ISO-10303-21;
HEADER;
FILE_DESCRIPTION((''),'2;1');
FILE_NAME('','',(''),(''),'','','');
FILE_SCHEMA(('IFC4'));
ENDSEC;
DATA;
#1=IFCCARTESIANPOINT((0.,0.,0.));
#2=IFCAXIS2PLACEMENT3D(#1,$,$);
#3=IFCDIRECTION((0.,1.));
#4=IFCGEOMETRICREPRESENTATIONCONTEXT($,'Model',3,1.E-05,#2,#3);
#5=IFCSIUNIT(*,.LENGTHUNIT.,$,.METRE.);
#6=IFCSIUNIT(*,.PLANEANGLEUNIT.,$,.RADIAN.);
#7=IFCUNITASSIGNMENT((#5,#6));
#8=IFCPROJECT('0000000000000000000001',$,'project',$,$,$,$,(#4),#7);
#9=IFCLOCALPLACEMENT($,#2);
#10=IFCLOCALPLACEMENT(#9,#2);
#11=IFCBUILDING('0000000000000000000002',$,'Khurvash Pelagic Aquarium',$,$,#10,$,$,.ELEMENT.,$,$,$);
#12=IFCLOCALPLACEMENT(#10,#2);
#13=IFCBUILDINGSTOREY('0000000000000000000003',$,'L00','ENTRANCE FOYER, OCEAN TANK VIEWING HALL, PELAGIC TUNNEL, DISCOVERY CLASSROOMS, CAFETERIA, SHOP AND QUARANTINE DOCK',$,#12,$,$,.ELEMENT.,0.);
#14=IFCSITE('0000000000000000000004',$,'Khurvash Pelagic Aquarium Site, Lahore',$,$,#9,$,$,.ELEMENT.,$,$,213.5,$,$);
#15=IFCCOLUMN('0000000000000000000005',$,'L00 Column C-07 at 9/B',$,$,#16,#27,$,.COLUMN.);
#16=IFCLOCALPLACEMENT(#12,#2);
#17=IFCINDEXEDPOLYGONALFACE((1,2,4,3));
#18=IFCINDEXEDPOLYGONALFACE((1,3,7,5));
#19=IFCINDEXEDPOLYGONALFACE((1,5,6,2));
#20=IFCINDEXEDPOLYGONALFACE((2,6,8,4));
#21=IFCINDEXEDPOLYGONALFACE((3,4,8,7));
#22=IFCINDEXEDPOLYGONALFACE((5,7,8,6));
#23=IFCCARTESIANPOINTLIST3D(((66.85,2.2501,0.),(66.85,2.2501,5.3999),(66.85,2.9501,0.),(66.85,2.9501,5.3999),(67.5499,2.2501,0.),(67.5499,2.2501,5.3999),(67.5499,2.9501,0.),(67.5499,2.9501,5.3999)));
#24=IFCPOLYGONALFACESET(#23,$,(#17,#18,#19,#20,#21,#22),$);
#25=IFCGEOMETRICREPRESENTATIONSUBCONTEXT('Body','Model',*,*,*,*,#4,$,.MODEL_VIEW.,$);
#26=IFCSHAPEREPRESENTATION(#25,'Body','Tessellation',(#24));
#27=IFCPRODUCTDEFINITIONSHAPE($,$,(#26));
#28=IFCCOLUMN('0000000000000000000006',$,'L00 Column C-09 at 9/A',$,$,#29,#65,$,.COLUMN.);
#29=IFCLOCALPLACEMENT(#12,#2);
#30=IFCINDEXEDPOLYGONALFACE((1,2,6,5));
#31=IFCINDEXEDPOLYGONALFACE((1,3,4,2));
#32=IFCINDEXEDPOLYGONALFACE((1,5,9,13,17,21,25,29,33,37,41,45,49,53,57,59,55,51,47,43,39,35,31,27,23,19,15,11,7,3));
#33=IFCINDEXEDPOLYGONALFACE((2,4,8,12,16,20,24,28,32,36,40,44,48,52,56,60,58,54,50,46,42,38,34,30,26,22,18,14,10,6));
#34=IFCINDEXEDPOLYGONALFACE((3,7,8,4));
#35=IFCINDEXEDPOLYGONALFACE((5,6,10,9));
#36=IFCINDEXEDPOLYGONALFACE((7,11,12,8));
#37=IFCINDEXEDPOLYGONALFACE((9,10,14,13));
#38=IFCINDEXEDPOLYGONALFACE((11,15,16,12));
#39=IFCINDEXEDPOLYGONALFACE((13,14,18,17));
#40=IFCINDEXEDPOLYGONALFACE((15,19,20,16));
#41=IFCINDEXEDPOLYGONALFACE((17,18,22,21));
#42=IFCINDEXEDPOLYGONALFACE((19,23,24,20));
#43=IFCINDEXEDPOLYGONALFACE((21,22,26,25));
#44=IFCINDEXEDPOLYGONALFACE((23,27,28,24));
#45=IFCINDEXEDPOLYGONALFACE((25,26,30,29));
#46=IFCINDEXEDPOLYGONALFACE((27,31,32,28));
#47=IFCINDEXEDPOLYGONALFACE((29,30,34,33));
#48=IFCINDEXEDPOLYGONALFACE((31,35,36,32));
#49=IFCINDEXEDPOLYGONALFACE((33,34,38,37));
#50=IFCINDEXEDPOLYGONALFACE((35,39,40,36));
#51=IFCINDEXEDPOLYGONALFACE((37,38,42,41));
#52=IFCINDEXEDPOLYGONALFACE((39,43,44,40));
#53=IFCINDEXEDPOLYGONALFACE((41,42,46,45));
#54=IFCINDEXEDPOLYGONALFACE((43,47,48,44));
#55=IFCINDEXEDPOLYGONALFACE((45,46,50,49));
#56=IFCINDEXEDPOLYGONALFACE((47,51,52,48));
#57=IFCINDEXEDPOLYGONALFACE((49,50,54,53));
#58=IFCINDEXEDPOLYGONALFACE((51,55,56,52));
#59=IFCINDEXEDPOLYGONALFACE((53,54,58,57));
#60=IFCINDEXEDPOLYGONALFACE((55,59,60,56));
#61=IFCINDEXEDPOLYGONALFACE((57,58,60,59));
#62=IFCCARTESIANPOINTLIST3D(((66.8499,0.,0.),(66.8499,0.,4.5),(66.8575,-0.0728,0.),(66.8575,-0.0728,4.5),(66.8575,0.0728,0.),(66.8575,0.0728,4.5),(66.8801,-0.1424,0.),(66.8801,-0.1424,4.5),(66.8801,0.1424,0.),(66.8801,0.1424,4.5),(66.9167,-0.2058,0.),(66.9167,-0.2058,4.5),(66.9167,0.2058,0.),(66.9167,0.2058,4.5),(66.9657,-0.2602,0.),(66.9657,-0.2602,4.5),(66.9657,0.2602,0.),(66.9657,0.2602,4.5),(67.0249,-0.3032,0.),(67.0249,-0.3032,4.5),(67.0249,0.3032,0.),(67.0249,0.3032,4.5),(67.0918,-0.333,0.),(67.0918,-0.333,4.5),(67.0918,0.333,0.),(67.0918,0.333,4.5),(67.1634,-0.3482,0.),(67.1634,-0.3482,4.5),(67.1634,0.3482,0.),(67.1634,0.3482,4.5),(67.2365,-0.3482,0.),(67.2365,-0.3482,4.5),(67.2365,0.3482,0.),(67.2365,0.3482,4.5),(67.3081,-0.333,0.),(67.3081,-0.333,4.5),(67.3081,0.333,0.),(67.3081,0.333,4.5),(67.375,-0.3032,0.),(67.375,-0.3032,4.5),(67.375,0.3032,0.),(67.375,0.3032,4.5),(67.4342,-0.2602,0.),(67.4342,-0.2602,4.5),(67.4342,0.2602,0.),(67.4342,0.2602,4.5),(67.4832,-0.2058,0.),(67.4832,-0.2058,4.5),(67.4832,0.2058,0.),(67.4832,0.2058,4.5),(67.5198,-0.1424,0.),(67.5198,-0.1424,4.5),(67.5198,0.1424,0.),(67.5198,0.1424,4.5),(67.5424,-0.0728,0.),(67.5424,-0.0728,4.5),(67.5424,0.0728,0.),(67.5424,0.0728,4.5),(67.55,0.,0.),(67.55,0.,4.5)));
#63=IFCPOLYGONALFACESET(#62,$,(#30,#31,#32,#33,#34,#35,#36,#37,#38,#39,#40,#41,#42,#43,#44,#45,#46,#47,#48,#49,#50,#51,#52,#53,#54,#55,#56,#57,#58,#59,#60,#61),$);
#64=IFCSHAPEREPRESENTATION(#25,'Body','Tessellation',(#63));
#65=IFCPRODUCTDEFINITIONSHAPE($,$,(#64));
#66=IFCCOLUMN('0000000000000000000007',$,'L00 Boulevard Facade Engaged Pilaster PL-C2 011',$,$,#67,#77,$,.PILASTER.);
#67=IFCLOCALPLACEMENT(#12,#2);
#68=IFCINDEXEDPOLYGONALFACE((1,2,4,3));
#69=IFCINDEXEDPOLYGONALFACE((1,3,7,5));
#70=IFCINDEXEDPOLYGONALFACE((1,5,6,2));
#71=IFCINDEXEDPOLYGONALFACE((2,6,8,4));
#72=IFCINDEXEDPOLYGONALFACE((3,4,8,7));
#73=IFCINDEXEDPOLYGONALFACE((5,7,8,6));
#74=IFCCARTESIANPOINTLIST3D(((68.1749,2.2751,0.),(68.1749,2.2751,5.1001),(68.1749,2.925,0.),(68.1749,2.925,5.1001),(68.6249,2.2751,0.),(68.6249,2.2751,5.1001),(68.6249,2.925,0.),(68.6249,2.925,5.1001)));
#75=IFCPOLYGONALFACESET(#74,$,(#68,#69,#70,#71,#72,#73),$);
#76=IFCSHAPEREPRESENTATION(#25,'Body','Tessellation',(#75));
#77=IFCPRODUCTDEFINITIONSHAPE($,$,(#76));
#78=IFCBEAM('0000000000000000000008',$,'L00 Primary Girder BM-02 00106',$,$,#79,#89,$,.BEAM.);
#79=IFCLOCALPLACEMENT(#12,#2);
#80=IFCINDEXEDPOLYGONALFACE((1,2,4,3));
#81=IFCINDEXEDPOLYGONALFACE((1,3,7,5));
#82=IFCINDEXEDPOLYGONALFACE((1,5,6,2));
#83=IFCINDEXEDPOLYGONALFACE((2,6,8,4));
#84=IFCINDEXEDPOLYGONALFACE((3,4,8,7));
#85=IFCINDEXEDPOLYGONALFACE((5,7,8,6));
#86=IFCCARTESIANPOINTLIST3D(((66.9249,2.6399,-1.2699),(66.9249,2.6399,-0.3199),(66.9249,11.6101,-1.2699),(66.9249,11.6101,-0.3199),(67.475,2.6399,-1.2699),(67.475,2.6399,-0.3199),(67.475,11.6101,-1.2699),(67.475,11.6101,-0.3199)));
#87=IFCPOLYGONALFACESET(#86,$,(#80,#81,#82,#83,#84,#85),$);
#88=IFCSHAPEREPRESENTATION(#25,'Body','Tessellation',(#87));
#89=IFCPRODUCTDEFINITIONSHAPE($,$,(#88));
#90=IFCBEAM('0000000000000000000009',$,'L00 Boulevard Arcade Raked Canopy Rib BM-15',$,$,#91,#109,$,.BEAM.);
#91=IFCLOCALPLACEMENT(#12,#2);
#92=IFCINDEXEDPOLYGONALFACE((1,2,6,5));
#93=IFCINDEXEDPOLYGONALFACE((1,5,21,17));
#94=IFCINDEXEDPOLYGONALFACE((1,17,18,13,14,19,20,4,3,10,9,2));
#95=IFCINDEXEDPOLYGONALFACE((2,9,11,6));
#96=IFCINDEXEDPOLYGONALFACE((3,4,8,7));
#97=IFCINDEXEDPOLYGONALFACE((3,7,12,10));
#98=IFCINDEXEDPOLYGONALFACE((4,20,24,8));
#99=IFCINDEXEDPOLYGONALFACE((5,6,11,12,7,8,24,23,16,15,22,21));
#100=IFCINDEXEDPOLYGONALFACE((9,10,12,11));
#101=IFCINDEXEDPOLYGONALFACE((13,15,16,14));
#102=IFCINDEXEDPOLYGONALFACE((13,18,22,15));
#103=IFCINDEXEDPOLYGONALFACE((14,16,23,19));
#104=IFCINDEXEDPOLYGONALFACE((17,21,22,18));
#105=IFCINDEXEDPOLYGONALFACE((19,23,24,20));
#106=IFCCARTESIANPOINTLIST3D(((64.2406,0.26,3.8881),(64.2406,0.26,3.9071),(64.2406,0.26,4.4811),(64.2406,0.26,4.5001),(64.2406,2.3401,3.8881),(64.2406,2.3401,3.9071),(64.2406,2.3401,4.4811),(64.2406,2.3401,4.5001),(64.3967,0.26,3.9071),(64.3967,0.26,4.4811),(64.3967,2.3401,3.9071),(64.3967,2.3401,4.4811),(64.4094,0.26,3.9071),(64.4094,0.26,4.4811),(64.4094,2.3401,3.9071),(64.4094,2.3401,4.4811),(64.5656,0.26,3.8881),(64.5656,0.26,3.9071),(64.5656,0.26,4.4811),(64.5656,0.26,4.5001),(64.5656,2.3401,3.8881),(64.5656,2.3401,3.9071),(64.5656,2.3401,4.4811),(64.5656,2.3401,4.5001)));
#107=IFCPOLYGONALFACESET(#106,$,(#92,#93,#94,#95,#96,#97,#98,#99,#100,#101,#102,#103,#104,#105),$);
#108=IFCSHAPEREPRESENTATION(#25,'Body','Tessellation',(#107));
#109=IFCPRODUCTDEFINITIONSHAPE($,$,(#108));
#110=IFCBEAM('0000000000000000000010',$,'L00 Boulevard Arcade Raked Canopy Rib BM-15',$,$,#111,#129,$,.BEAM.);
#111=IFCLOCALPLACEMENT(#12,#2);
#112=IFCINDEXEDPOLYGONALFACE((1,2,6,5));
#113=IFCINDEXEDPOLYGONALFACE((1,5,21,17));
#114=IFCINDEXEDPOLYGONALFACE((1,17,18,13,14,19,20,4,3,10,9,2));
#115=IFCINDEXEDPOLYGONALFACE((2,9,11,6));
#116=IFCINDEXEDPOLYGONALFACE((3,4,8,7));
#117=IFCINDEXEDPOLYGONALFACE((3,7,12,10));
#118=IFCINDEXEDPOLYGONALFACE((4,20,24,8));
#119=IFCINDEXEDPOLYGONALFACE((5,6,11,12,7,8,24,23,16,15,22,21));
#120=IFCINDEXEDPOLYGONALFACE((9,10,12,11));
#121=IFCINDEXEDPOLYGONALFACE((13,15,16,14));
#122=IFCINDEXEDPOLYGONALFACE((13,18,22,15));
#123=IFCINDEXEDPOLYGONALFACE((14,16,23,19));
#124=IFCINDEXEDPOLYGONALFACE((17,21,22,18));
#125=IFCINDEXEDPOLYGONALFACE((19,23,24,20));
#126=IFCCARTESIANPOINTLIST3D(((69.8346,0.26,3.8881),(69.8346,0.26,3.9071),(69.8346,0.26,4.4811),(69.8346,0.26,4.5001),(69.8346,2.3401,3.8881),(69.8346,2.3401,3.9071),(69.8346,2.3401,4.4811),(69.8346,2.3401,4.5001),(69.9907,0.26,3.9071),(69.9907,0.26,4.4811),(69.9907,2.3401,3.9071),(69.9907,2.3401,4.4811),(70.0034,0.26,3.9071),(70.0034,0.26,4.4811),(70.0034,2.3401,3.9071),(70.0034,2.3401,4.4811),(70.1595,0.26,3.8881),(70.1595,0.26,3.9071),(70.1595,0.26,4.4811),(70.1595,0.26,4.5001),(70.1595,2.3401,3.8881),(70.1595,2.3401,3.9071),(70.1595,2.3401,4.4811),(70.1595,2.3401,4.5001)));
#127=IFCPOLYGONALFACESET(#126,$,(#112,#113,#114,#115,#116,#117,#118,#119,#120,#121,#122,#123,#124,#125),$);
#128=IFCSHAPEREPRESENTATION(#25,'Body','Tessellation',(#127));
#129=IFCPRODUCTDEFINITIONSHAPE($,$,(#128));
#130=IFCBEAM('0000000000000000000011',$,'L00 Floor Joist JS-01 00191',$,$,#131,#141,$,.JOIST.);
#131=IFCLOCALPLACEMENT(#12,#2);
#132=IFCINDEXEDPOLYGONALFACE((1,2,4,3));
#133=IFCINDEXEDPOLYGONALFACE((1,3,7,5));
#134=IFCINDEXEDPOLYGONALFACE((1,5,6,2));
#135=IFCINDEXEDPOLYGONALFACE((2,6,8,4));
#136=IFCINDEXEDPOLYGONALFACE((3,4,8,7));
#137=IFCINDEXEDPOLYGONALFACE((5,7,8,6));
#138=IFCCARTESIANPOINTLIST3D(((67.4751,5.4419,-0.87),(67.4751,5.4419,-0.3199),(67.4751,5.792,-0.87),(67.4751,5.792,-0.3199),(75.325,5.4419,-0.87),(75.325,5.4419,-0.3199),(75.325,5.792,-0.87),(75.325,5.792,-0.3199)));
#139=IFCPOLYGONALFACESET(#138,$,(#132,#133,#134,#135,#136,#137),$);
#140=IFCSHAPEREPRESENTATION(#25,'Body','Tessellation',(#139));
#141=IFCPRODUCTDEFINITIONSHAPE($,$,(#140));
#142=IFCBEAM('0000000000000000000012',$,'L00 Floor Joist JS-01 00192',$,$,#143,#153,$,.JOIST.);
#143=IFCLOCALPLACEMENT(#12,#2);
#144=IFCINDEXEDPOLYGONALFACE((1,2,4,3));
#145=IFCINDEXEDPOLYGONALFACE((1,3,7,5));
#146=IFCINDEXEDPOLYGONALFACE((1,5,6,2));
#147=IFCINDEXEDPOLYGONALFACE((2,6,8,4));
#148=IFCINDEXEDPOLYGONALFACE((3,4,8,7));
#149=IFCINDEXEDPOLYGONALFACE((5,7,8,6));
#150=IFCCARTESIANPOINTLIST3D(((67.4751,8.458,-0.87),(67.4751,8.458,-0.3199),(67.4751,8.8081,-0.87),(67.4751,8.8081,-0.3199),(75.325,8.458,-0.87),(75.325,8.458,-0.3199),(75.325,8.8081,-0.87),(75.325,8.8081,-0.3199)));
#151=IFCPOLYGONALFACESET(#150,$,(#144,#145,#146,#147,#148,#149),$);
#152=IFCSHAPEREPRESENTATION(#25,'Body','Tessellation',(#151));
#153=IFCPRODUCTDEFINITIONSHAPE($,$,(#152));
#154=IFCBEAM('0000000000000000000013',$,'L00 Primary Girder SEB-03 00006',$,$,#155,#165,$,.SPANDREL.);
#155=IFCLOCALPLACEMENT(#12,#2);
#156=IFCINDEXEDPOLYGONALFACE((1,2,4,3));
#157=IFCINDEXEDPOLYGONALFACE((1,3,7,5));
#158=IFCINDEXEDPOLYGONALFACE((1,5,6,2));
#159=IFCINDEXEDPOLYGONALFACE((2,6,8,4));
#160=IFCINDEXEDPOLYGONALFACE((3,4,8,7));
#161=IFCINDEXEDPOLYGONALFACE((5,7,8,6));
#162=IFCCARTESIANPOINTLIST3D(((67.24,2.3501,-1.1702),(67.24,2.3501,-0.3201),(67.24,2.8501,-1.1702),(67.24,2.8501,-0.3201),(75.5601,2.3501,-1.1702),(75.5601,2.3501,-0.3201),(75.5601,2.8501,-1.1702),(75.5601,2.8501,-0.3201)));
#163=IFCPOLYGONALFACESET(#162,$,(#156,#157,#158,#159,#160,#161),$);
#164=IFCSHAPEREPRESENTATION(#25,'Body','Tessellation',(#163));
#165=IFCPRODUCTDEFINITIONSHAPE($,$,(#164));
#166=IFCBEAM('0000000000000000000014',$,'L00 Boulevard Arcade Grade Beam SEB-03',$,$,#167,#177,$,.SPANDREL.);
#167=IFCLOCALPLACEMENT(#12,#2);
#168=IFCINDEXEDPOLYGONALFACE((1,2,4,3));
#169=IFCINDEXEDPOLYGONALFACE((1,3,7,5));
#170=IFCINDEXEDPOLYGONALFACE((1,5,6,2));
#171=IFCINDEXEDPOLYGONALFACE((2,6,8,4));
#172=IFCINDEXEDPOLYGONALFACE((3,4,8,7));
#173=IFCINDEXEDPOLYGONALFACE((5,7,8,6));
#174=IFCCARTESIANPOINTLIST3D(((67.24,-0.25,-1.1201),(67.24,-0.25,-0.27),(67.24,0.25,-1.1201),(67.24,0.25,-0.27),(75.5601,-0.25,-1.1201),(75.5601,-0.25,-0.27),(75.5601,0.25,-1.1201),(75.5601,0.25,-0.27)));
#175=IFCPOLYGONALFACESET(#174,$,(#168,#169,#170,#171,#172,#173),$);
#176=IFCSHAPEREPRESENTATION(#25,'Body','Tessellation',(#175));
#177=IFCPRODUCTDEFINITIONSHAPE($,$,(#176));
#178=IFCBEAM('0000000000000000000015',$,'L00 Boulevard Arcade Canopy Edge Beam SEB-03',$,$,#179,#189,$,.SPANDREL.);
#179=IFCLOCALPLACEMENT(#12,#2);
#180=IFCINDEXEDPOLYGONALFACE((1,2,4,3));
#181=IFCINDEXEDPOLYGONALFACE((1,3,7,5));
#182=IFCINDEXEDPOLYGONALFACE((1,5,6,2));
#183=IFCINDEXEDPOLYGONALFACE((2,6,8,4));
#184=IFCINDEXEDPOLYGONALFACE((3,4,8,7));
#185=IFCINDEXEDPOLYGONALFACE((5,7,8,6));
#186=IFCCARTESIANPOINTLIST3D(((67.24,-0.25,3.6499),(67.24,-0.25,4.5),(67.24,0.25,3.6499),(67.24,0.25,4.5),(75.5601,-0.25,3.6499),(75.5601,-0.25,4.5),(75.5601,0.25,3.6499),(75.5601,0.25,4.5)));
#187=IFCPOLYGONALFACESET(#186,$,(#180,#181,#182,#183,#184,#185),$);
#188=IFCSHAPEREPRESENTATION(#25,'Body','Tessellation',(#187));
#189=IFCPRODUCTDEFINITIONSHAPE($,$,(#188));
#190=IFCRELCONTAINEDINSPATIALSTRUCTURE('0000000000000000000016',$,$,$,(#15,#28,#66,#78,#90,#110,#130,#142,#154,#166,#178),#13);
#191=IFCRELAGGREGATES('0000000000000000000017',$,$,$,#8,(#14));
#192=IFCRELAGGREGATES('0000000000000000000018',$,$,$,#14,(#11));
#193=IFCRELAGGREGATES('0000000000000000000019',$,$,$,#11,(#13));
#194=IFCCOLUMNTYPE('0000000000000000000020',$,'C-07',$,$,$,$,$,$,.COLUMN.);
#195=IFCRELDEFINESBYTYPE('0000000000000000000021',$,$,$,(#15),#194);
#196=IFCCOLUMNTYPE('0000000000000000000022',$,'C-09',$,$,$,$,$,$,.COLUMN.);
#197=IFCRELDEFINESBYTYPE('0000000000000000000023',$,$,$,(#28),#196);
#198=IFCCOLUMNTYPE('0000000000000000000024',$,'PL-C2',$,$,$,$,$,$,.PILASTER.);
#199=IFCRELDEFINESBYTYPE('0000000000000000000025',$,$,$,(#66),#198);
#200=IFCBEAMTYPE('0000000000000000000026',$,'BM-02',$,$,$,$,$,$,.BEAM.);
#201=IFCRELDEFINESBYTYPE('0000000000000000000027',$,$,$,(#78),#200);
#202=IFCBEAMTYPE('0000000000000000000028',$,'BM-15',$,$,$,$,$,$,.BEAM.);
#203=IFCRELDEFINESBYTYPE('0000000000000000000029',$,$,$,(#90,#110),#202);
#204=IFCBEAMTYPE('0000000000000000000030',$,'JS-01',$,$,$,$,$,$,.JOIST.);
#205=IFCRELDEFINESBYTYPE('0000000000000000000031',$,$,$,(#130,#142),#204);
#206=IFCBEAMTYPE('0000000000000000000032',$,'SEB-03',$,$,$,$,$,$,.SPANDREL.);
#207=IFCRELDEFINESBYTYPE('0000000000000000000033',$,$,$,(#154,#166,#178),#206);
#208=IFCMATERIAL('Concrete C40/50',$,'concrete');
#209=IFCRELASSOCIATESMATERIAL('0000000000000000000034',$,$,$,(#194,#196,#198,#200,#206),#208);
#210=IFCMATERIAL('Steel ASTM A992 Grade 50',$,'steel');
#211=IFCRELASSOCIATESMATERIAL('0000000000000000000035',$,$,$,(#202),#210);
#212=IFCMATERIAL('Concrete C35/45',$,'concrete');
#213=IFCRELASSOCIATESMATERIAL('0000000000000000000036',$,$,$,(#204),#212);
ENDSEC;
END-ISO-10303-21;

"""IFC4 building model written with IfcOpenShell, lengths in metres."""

from ifc_helpers import new_model, si_unit, direction, frame, origin, origin_2d, place, context, subcontext, project, spatial, rectangle, circle, i_section, extrude, material, material_profile, profile_set, type_object, element, save


model = new_model("IFC4")

# Units and contexts
model_context = context("Model", 3, precision=1e-05, world=origin(), true_north=direction((0.0, 1.0)))
body_context = subcontext(model_context, "Body", "Model", "MODEL_VIEW")
ifc_project = project(units=[si_unit("LENGTHUNIT", "METRE"), si_unit("PLANEANGLEUNIT", "RADIAN")], contexts=[model_context])

# Site, building, storey
site_placement = place(None, origin())
site = spatial("IfcSite", under=ifc_project, at=site_placement, Name="Khurvash Pelagic Aquarium Site, Lahore", CompositionType="ELEMENT", RefElevation=213.5)
building_placement = place(site_placement, origin())
building = spatial("IfcBuilding", under=site, at=building_placement, Name="Khurvash Pelagic Aquarium", CompositionType="ELEMENT")
storey_placement = place(building_placement, origin())
storey = spatial("IfcBuildingStorey", under=building, at=storey_placement, Name="L00", Description="ENTRANCE FOYER, OCEAN TANK VIEWING HALL, PELAGIC TUNNEL, DISCOVERY CLASSROOMS, CAFETERIA, SHOP AND QUARANTINE DOCK", CompositionType="ELEMENT", Elevation=0.0)

# Columns
ifc_material_1 = material(Name="Concrete C40/50", Category="concrete")
ifc_material_profile_1 = material_profile(ifc_material_1, rectangle(XDim=0.7, YDim=0.7, at=origin_2d()), Name="RC700X700")
ifc_profile_set_1 = profile_set([ifc_material_profile_1], Name="Concrete C40/50")
column_type_1 = type_object("IfcColumnType", Name="C-07", PredefinedType="COLUMN", material=ifc_profile_set_1)
column_1_placement = place(storey_placement, frame((67.2, 2.6001, 0.0), z_axis=(0.0, 0.0, 1.0), x_axis=(1.0, 0.0, 0.0)))
element("IfcColumn", 1, at=column_1_placement, inside=storey, type_object=column_type_1, Name="L00 Column C-07 at 9/B", PredefinedType="COLUMN", context=body_context, shape_type="SweptSolid", body=[
    extrude(rectangle(XDim=0.7, YDim=0.7, at=origin_2d()), origin(), (0.0, 0.0, 1.0), 5.3999),
])
ifc_material_profile_2 = material_profile(ifc_material_1, circle(Radius=0.3501, at=origin_2d()), Name="RC700D")
ifc_profile_set_2 = profile_set([ifc_material_profile_2], Name="Concrete C40/50")
column_type_2 = type_object("IfcColumnType", Name="C-09", PredefinedType="COLUMN", material=ifc_profile_set_2)
column_2_placement = place(storey_placement, frame((67.2, 0.0, 0.0), z_axis=(0.0, 0.0, 1.0), x_axis=(1.0, 0.0, 0.0)))
element("IfcColumn", 2, at=column_2_placement, inside=storey, type_object=column_type_2, Name="L00 Column C-09 at 9/A", PredefinedType="COLUMN", context=body_context, shape_type="SweptSolid", body=[
    extrude(circle(Radius=0.3501, at=origin_2d()), origin(), (0.0, 0.0, 1.0), 4.5),
])
ifc_material_profile_3 = material_profile(ifc_material_1, rectangle(XDim=0.45, YDim=0.6499, at=origin_2d()), Name="RC450X650")
ifc_profile_set_3 = profile_set([ifc_material_profile_3], Name="Concrete C40/50")
column_type_3 = type_object("IfcColumnType", Name="PL-C2", PredefinedType="PILASTER", material=ifc_profile_set_3)
column_3_placement = place(storey_placement, frame((68.3999, 2.6001, 0.0), z_axis=(0.0, 0.0, 1.0), x_axis=(1.0, 0.0, 0.0)))
element("IfcColumn", 3, at=column_3_placement, inside=storey, type_object=column_type_3, Name="L00 Boulevard Facade Engaged Pilaster PL-C2 011", PredefinedType="PILASTER", context=body_context, shape_type="SweptSolid", body=[
    extrude(rectangle(XDim=0.45, YDim=0.6499, at=origin_2d()), origin(), (0.0, 0.0, 1.0), 5.1001),
])

# Beams
ifc_material_profile_4 = material_profile(ifc_material_1, rectangle(XDim=0.55, YDim=0.95, at=origin_2d()), Name="RC550X950")
ifc_profile_set_4 = profile_set([ifc_material_profile_4], Name="Concrete C40/50")
beam_type_1 = type_object("IfcBeamType", Name="BM-02", PredefinedType="BEAM", material=ifc_profile_set_4)
beam_placement = place(storey_placement, frame((67.2, 2.6399, -0.7949), z_axis=(0.0, 1.0, 0.0), x_axis=(-1.0, 0.0, 0.0)))
element("IfcBeam", 4, at=beam_placement, inside=storey, type_object=beam_type_1, Name="L00 Primary Girder BM-02 00106", PredefinedType="BEAM", context=body_context, shape_type="SweptSolid", body=[
    extrude(rectangle(XDim=0.55, YDim=0.95, at=origin_2d()), origin(), (0.0, 0.0, 1.0), 8.9702),
])
ifc_material_2 = material(Name="Steel ASTM A992 Grade 50", Category="steel")
ifc_material_profile_5 = material_profile(ifc_material_2, i_section(OverallWidth=0.325, OverallDepth=0.6121, WebThickness=0.0127, FlangeThickness=0.019, at=origin_2d()), Name="W24X104")
ifc_profile_set_5 = profile_set([ifc_material_profile_5], Name="Steel ASTM A992 Grade 50")
beam_type_2 = type_object("IfcBeamType", Name="BM-15", PredefinedType="BEAM", material=ifc_profile_set_5)
for number, where, z_axis, x_axis, name in (
    (5, (64.4031, 2.3401, 4.1941), (0.0, -1.0, 0.0), (1.0, 0.0, 0.0), "L00 Boulevard Arcade Raked Canopy Rib BM-15"),
    (6, (69.9971, 2.3401, 4.1941), (0.0, -1.0, 0.0), (1.0, 0.0, 0.0), "L00 Boulevard Arcade Raked Canopy Rib BM-15"),
):
    element("IfcBeam", number, at=place(storey_placement, frame(where, z_axis=z_axis, x_axis=x_axis)), inside=storey, type_object=beam_type_2, Name=name, PredefinedType="BEAM", context=body_context, shape_type="SweptSolid", body=[
        extrude(i_section(OverallWidth=0.325, OverallDepth=0.6121, WebThickness=0.0127, FlangeThickness=0.019, at=origin_2d()), origin(), (0.0, 0.0, 1.0), 2.0801),
    ])
ifc_material_3 = material(Name="Concrete C35/45", Category="concrete")
ifc_material_profile_6 = material_profile(ifc_material_3, rectangle(XDim=0.3501, YDim=0.55, at=origin_2d()), Name="RC350X550")
ifc_profile_set_6 = profile_set([ifc_material_profile_6], Name="Concrete C35/45")
beam_type_3 = type_object("IfcBeamType", Name="JS-01", PredefinedType="JOIST", material=ifc_profile_set_6)
for number, where, z_axis, x_axis, name in (
    (7, (67.4751, 5.6169, -0.595), (1.0, 0.0, 0.0), (0.0, 1.0, 0.0), "L00 Floor Joist JS-01 00191"),
    (8, (67.4751, 8.6331, -0.595), (1.0, 0.0, 0.0), (0.0, 1.0, 0.0), "L00 Floor Joist JS-01 00192"),
):
    element("IfcBeam", number, at=place(storey_placement, frame(where, z_axis=z_axis, x_axis=x_axis)), inside=storey, type_object=beam_type_3, Name=name, PredefinedType="JOIST", context=body_context, shape_type="SweptSolid", body=[
        extrude(rectangle(XDim=0.3501, YDim=0.55, at=origin_2d()), origin(), (0.0, 0.0, 1.0), 7.8499),
    ])
ifc_material_profile_7 = material_profile(ifc_material_1, rectangle(XDim=0.5, YDim=0.8501, at=origin_2d()), Name="RC500X850")
ifc_profile_set_7 = profile_set([ifc_material_profile_7], Name="Concrete C40/50")
beam_type_4 = type_object("IfcBeamType", Name="SEB-03", PredefinedType="SPANDREL", material=ifc_profile_set_7)
for number, where, z_axis, x_axis, name in (
    (9, (67.24, 2.6001, -0.7451), (1.0, 0.0, 0.0), (0.0, 1.0, 0.0), "L00 Primary Girder SEB-03 00006"),
    (10, (67.24, 0.0, -0.6951), (1.0, 0.0, 0.0), (0.0, 1.0, 0.0), "L00 Boulevard Arcade Grade Beam SEB-03"),
    (11, (67.24, 0.0, 4.075), (1.0, 0.0, 0.0), (0.0, 1.0, 0.0), "L00 Boulevard Arcade Canopy Edge Beam SEB-03"),
):
    element("IfcBeam", number, at=place(storey_placement, frame(where, z_axis=z_axis, x_axis=x_axis)), inside=storey, type_object=beam_type_4, Name=name, PredefinedType="SPANDREL", context=body_context, shape_type="SweptSolid", body=[
        extrude(rectangle(XDim=0.5, YDim=0.8501, at=origin_2d()), origin(), (0.0, 0.0, 1.0), 8.3201),
    ])

save(model, "model.ifc")
